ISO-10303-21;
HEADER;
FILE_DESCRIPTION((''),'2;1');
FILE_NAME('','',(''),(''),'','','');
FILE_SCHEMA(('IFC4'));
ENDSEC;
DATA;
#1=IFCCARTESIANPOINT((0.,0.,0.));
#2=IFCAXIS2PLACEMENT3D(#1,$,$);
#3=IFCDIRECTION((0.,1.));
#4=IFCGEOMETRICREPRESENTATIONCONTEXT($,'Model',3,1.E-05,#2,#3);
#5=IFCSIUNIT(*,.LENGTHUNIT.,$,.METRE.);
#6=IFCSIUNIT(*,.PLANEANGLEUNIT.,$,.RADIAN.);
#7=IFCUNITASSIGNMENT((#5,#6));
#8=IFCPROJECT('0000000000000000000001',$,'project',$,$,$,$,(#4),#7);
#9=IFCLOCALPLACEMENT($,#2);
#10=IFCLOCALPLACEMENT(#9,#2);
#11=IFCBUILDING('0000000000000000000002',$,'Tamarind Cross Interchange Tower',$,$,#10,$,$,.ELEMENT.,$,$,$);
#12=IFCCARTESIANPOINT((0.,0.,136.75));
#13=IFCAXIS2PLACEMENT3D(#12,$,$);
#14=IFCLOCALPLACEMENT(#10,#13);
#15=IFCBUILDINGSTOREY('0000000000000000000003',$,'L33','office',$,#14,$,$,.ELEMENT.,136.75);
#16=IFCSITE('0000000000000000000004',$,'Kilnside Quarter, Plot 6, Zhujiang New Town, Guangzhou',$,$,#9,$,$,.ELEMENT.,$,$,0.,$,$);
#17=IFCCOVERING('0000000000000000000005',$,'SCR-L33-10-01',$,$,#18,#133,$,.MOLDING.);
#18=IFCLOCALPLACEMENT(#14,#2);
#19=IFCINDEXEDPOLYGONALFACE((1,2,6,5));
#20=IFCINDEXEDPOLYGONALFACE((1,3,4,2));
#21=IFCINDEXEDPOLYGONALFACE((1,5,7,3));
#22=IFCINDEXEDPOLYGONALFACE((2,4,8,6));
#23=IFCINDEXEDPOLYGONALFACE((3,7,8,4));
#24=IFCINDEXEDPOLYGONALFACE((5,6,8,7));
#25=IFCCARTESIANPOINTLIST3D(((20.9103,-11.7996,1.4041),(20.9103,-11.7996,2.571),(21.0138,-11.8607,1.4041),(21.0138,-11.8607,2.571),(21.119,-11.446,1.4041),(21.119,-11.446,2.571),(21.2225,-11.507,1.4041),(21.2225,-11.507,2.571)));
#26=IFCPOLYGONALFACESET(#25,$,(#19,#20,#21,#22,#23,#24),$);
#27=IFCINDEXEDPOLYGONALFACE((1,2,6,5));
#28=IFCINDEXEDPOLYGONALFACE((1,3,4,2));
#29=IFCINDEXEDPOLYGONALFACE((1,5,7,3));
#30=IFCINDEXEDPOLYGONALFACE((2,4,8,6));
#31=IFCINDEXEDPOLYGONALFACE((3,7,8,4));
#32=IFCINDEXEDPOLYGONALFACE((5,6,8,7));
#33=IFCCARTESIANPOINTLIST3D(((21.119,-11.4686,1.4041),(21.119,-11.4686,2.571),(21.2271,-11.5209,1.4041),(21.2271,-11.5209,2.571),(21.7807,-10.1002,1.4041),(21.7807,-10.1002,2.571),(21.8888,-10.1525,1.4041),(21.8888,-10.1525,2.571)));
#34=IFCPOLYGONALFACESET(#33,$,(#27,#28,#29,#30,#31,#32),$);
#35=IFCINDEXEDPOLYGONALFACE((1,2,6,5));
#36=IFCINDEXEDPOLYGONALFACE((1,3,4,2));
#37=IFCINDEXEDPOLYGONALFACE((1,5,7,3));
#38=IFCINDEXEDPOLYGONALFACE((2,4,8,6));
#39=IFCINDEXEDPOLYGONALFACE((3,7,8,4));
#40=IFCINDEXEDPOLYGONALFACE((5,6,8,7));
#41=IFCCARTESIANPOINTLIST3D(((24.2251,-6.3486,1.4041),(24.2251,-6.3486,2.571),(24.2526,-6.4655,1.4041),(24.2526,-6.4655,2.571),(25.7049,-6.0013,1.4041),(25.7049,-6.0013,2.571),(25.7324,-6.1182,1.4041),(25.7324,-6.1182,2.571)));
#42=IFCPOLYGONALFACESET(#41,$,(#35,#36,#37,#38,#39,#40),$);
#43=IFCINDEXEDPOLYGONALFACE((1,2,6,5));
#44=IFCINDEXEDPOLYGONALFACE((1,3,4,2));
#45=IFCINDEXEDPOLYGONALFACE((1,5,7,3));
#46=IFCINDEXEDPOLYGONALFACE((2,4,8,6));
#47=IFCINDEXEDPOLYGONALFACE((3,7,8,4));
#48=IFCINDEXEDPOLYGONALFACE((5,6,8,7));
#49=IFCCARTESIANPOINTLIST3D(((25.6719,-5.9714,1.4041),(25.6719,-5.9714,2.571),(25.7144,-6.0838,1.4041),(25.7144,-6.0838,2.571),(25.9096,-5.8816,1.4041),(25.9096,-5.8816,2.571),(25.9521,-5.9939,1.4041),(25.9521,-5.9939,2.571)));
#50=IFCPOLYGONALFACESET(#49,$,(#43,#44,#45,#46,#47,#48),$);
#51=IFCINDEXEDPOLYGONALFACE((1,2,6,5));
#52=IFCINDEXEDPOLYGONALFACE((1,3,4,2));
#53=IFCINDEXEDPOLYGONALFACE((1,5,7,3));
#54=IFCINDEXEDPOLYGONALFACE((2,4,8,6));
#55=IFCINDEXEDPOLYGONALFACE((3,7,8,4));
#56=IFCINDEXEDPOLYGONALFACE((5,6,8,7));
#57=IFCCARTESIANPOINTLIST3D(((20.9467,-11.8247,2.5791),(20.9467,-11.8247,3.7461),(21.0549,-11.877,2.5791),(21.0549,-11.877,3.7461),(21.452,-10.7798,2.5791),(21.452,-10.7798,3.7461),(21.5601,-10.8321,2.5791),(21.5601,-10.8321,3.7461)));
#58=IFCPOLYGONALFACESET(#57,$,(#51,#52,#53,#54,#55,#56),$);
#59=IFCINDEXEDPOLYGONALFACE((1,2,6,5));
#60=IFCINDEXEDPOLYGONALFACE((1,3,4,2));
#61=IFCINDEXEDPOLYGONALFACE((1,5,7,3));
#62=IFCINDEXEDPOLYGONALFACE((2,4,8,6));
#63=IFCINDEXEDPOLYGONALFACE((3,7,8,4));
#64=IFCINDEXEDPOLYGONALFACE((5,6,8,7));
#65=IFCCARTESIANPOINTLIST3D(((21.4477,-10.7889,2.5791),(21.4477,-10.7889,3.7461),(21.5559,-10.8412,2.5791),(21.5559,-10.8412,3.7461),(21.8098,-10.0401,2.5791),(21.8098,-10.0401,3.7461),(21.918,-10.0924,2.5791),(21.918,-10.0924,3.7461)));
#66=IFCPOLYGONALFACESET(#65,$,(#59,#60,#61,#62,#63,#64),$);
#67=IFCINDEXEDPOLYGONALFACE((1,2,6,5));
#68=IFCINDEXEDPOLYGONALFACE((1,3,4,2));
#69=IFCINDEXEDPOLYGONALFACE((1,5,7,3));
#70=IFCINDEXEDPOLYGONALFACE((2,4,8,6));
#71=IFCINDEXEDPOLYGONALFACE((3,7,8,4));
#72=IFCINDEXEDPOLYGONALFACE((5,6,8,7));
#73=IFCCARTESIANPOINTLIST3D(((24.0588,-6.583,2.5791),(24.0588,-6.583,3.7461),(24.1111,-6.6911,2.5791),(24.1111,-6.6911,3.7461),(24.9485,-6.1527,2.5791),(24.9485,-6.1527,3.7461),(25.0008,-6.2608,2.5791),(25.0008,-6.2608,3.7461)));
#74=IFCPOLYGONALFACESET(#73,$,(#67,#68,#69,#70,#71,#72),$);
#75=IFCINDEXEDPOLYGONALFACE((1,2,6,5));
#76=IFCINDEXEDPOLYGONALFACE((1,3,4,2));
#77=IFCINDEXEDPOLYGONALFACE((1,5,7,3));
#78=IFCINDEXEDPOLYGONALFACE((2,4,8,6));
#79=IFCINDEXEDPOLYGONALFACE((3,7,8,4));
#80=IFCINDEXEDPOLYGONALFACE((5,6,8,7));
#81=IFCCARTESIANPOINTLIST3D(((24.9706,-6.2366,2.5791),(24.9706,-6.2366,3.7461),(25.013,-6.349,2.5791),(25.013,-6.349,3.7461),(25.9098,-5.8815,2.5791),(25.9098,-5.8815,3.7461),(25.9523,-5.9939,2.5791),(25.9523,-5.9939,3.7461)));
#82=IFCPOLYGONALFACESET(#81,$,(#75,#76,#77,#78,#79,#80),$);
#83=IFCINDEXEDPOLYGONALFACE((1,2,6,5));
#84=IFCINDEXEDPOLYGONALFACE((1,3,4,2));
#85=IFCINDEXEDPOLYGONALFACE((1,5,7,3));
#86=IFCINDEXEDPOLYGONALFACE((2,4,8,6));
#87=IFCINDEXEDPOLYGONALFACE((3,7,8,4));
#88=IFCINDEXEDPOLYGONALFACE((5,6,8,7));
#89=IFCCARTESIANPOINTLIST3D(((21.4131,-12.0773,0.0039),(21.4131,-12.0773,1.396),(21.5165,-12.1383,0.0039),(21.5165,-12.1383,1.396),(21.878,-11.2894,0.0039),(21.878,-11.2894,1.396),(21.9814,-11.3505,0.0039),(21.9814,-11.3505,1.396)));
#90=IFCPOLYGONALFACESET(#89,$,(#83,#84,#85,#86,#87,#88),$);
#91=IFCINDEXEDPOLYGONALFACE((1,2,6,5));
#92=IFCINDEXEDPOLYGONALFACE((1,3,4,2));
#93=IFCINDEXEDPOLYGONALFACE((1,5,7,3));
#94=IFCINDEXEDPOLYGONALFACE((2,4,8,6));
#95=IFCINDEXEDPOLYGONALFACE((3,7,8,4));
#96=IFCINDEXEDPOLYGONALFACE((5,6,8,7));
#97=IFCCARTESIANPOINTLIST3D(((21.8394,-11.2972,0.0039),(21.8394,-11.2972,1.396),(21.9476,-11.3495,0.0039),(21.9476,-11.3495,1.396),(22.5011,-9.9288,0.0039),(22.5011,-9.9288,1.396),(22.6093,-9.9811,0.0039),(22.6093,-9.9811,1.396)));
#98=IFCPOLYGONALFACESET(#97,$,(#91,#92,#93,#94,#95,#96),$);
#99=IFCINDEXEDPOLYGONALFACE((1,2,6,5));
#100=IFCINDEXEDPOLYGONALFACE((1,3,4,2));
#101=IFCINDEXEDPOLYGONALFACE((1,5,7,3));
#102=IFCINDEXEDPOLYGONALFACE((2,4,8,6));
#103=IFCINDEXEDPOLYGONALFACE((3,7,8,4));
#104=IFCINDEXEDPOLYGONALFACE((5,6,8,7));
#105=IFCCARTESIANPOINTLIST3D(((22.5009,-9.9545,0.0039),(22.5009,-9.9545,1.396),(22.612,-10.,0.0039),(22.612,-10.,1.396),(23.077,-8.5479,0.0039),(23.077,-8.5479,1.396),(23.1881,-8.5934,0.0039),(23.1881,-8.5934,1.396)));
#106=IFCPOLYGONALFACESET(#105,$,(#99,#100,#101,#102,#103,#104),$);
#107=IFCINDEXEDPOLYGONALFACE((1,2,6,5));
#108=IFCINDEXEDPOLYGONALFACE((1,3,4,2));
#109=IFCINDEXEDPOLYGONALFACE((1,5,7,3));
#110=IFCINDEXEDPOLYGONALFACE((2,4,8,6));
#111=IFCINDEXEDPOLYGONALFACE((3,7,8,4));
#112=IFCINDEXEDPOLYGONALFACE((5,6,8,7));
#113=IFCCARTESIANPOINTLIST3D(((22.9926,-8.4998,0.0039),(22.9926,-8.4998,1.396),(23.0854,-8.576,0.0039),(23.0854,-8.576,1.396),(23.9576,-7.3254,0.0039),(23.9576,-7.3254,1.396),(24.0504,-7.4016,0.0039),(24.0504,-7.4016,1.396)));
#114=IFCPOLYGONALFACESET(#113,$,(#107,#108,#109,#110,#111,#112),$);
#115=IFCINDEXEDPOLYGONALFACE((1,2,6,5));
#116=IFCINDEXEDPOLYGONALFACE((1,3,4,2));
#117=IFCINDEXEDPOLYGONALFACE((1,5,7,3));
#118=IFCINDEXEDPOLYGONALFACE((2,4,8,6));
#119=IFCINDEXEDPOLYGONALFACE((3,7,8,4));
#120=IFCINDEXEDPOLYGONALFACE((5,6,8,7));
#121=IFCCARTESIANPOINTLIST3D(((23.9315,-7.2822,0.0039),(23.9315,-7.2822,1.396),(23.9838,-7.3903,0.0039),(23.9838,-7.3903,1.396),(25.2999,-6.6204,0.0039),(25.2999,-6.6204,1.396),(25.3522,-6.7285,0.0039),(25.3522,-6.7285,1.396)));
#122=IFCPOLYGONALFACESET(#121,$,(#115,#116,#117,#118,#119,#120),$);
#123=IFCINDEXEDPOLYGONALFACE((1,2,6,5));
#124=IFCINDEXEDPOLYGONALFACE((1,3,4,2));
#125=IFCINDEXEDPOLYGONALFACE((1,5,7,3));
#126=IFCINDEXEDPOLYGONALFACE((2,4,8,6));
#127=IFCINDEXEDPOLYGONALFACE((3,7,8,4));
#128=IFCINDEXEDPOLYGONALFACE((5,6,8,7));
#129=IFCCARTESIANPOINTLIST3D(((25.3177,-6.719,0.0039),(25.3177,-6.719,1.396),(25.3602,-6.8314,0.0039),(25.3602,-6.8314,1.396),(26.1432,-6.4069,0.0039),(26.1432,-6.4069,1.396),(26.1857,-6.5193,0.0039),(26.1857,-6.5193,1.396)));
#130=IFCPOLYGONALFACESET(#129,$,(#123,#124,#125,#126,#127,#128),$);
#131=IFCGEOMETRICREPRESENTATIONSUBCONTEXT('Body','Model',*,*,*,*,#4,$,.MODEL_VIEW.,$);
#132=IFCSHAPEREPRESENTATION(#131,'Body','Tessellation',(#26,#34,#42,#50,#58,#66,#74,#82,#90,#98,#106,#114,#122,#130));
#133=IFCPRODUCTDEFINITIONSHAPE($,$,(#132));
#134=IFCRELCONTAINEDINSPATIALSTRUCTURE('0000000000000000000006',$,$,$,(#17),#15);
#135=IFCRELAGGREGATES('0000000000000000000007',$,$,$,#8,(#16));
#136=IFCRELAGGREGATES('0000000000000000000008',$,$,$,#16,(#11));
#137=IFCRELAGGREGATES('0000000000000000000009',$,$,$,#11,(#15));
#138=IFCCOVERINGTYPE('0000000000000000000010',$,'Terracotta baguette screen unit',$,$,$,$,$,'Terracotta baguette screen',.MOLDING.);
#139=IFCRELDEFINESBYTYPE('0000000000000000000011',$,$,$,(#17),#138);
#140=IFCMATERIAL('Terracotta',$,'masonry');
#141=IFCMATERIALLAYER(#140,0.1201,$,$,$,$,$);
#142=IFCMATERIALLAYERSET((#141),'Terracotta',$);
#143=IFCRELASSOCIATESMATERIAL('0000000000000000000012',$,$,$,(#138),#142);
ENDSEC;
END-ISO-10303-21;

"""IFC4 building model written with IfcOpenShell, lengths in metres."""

from ifc_helpers import new_model, si_unit, direction, frame, origin, origin_2d, place, context, subcontext, project, spatial, rectangle, extrude, material, layer, layer_set, type_object, element, save


model = new_model("IFC4")

# Units and contexts
model_context = context("Model", 3, precision=1e-05, world=origin(), true_north=direction((0.0, 1.0)))
body_context = subcontext(model_context, "Body", "Model", "MODEL_VIEW")
ifc_project = project(units=[si_unit("LENGTHUNIT", "METRE"), si_unit("PLANEANGLEUNIT", "RADIAN")], contexts=[model_context])

# Site, building, storey
site_placement = place(None, origin())
site = spatial("IfcSite", under=ifc_project, at=site_placement, Name="Kilnside Quarter, Plot 6, Zhujiang New Town, Guangzhou", CompositionType="ELEMENT", RefElevation=0.0)
building_placement = place(site_placement, origin())
building = spatial("IfcBuilding", under=site, at=building_placement, Name="Tamarind Cross Interchange Tower", CompositionType="ELEMENT")
storey_placement = place(building_placement, frame((0.0, 0.0, 136.75)))
storey = spatial("IfcBuildingStorey", under=building, at=storey_placement, Name="L33", Description="office", CompositionType="ELEMENT", Elevation=136.75)

# Covering
ifc_material_1 = material(Name="Terracotta", Category="masonry")
ifc_layer_1 = layer(ifc_material_1, 0.1201)
ifc_layer_set_1 = layer_set([ifc_layer_1], Name="Terracotta")
covering_type = type_object("IfcCoveringType", Name="Terracotta baguette screen unit", ElementType="Terracotta baguette screen", PredefinedType="MOLDING", material=ifc_layer_set_1)
covering_1_placement = place(storey_placement, origin())
element("IfcCovering", 1, at=covering_1_placement, inside=storey, type_object=covering_type, Name="SCR-L33-10-01", PredefinedType="MOLDING", context=body_context, shape_type="SweptSolid", body=[
    extrude(rectangle(XDim=0.4106, YDim=0.1201, at=origin_2d()), frame((21.0664, -11.6533, 1.4041), z_axis=(0.0, 0.0, 1.0), x_axis=(0.508183, 0.861249, 0.0)), (0.0, 0.0, 1.0), 1.167),
    extrude(rectangle(XDim=1.52, YDim=0.1201, at=origin_2d()), frame((21.5039, -10.8105, 1.4041), z_axis=(0.0, 0.0, 1.0), x_axis=(0.435326, 0.900273, 0.0)), (0.0, 0.0, 1.0), 1.167),
    extrude(rectangle(XDim=1.52, YDim=0.1201, at=origin_2d()), frame((24.9788, -6.2334, 1.4041), z_axis=(0.0, 0.0, 1.0), x_axis=(0.973541, 0.228514, 0.0)), (0.0, 0.0, 1.0), 1.167),
    extrude(rectangle(XDim=0.2542, YDim=0.1201, at=origin_2d()), frame((25.812, -5.9827, 1.4041), z_axis=(0.0, 0.0, 1.0), x_axis=(0.935385, 0.353632, 0.0)), (0.0, 0.0, 1.0), 1.167),
    extrude(rectangle(XDim=1.1606, YDim=0.1201, at=origin_2d()), frame((21.2534, -11.3284, 2.5791), z_axis=(0.0, 0.0, 1.0), x_axis=(0.435326, 0.900273, 0.0)), (0.0, 0.0, 1.0), 1.167),
    extrude(rectangle(XDim=0.8318, YDim=0.1201, at=origin_2d()), frame((21.6829, -10.4407, 2.5791), z_axis=(0.0, 0.0, 1.0), x_axis=(0.435326, 0.900273, 0.0)), (0.0, 0.0, 1.0), 1.167),
    extrude(rectangle(XDim=0.9883, YDim=0.1201, at=origin_2d()), frame((24.5298, -6.4219, 2.5791), z_axis=(0.0, 0.0, 1.0), x_axis=(0.900238, 0.435398, 0.0)), (0.0, 0.0, 1.0), 1.167),
    extrude(rectangle(XDim=1.0042, YDim=0.1201, at=origin_2d()), frame((25.4614, -6.1152, 2.5791), z_axis=(0.0, 0.0, 1.0), x_axis=(0.935385, 0.353632, 0.0)), (0.0, 0.0, 1.0), 1.167),
    extrude(rectangle(XDim=0.9148, YDim=0.1201, at=origin_2d()), frame((21.6973, -11.7139, 0.0039), z_axis=(0.0, 0.0, 1.0), x_axis=(0.508183, 0.861249, 0.0)), (0.0, 0.0, 1.0), 1.3921),
    extrude(rectangle(XDim=1.52, YDim=0.1201, at=origin_2d()), frame((22.2244, -10.6392, 0.0039), z_axis=(0.0, 0.0, 1.0), x_axis=(0.435326, 0.900273, 0.0)), (0.0, 0.0, 1.0), 1.3921),
    extrude(rectangle(XDim=1.52, YDim=0.1201, at=origin_2d()), frame((22.8445, -9.2739, 0.0039), z_axis=(0.0, 0.0, 1.0), x_axis=(0.379006, 0.925394, 0.0)), (0.0, 0.0, 1.0), 1.3921),
    extrude(rectangle(XDim=1.52, YDim=0.1201, at=origin_2d()), frame((23.5215, -7.9507, 0.0039), z_axis=(0.0, 0.0, 1.0), x_axis=(0.634864, 0.772624, 0.0)), (0.0, 0.0, 1.0), 1.3921),
    extrude(rectangle(XDim=1.52, YDim=0.1201, at=origin_2d()), frame((24.6418, -7.0054, 0.0039), z_axis=(0.0, 0.0, 1.0), x_axis=(0.900238, 0.435398, 0.0)), (0.0, 0.0, 1.0), 1.3921),
    extrude(rectangle(XDim=0.8826, YDim=0.1201, at=origin_2d()), frame((25.7517, -6.6191, 0.0039), z_axis=(0.0, 0.0, 1.0), x_axis=(0.935385, 0.353632, 0.0)), (0.0, 0.0, 1.0), 1.3921),
])

save(model, "model.ifc")
